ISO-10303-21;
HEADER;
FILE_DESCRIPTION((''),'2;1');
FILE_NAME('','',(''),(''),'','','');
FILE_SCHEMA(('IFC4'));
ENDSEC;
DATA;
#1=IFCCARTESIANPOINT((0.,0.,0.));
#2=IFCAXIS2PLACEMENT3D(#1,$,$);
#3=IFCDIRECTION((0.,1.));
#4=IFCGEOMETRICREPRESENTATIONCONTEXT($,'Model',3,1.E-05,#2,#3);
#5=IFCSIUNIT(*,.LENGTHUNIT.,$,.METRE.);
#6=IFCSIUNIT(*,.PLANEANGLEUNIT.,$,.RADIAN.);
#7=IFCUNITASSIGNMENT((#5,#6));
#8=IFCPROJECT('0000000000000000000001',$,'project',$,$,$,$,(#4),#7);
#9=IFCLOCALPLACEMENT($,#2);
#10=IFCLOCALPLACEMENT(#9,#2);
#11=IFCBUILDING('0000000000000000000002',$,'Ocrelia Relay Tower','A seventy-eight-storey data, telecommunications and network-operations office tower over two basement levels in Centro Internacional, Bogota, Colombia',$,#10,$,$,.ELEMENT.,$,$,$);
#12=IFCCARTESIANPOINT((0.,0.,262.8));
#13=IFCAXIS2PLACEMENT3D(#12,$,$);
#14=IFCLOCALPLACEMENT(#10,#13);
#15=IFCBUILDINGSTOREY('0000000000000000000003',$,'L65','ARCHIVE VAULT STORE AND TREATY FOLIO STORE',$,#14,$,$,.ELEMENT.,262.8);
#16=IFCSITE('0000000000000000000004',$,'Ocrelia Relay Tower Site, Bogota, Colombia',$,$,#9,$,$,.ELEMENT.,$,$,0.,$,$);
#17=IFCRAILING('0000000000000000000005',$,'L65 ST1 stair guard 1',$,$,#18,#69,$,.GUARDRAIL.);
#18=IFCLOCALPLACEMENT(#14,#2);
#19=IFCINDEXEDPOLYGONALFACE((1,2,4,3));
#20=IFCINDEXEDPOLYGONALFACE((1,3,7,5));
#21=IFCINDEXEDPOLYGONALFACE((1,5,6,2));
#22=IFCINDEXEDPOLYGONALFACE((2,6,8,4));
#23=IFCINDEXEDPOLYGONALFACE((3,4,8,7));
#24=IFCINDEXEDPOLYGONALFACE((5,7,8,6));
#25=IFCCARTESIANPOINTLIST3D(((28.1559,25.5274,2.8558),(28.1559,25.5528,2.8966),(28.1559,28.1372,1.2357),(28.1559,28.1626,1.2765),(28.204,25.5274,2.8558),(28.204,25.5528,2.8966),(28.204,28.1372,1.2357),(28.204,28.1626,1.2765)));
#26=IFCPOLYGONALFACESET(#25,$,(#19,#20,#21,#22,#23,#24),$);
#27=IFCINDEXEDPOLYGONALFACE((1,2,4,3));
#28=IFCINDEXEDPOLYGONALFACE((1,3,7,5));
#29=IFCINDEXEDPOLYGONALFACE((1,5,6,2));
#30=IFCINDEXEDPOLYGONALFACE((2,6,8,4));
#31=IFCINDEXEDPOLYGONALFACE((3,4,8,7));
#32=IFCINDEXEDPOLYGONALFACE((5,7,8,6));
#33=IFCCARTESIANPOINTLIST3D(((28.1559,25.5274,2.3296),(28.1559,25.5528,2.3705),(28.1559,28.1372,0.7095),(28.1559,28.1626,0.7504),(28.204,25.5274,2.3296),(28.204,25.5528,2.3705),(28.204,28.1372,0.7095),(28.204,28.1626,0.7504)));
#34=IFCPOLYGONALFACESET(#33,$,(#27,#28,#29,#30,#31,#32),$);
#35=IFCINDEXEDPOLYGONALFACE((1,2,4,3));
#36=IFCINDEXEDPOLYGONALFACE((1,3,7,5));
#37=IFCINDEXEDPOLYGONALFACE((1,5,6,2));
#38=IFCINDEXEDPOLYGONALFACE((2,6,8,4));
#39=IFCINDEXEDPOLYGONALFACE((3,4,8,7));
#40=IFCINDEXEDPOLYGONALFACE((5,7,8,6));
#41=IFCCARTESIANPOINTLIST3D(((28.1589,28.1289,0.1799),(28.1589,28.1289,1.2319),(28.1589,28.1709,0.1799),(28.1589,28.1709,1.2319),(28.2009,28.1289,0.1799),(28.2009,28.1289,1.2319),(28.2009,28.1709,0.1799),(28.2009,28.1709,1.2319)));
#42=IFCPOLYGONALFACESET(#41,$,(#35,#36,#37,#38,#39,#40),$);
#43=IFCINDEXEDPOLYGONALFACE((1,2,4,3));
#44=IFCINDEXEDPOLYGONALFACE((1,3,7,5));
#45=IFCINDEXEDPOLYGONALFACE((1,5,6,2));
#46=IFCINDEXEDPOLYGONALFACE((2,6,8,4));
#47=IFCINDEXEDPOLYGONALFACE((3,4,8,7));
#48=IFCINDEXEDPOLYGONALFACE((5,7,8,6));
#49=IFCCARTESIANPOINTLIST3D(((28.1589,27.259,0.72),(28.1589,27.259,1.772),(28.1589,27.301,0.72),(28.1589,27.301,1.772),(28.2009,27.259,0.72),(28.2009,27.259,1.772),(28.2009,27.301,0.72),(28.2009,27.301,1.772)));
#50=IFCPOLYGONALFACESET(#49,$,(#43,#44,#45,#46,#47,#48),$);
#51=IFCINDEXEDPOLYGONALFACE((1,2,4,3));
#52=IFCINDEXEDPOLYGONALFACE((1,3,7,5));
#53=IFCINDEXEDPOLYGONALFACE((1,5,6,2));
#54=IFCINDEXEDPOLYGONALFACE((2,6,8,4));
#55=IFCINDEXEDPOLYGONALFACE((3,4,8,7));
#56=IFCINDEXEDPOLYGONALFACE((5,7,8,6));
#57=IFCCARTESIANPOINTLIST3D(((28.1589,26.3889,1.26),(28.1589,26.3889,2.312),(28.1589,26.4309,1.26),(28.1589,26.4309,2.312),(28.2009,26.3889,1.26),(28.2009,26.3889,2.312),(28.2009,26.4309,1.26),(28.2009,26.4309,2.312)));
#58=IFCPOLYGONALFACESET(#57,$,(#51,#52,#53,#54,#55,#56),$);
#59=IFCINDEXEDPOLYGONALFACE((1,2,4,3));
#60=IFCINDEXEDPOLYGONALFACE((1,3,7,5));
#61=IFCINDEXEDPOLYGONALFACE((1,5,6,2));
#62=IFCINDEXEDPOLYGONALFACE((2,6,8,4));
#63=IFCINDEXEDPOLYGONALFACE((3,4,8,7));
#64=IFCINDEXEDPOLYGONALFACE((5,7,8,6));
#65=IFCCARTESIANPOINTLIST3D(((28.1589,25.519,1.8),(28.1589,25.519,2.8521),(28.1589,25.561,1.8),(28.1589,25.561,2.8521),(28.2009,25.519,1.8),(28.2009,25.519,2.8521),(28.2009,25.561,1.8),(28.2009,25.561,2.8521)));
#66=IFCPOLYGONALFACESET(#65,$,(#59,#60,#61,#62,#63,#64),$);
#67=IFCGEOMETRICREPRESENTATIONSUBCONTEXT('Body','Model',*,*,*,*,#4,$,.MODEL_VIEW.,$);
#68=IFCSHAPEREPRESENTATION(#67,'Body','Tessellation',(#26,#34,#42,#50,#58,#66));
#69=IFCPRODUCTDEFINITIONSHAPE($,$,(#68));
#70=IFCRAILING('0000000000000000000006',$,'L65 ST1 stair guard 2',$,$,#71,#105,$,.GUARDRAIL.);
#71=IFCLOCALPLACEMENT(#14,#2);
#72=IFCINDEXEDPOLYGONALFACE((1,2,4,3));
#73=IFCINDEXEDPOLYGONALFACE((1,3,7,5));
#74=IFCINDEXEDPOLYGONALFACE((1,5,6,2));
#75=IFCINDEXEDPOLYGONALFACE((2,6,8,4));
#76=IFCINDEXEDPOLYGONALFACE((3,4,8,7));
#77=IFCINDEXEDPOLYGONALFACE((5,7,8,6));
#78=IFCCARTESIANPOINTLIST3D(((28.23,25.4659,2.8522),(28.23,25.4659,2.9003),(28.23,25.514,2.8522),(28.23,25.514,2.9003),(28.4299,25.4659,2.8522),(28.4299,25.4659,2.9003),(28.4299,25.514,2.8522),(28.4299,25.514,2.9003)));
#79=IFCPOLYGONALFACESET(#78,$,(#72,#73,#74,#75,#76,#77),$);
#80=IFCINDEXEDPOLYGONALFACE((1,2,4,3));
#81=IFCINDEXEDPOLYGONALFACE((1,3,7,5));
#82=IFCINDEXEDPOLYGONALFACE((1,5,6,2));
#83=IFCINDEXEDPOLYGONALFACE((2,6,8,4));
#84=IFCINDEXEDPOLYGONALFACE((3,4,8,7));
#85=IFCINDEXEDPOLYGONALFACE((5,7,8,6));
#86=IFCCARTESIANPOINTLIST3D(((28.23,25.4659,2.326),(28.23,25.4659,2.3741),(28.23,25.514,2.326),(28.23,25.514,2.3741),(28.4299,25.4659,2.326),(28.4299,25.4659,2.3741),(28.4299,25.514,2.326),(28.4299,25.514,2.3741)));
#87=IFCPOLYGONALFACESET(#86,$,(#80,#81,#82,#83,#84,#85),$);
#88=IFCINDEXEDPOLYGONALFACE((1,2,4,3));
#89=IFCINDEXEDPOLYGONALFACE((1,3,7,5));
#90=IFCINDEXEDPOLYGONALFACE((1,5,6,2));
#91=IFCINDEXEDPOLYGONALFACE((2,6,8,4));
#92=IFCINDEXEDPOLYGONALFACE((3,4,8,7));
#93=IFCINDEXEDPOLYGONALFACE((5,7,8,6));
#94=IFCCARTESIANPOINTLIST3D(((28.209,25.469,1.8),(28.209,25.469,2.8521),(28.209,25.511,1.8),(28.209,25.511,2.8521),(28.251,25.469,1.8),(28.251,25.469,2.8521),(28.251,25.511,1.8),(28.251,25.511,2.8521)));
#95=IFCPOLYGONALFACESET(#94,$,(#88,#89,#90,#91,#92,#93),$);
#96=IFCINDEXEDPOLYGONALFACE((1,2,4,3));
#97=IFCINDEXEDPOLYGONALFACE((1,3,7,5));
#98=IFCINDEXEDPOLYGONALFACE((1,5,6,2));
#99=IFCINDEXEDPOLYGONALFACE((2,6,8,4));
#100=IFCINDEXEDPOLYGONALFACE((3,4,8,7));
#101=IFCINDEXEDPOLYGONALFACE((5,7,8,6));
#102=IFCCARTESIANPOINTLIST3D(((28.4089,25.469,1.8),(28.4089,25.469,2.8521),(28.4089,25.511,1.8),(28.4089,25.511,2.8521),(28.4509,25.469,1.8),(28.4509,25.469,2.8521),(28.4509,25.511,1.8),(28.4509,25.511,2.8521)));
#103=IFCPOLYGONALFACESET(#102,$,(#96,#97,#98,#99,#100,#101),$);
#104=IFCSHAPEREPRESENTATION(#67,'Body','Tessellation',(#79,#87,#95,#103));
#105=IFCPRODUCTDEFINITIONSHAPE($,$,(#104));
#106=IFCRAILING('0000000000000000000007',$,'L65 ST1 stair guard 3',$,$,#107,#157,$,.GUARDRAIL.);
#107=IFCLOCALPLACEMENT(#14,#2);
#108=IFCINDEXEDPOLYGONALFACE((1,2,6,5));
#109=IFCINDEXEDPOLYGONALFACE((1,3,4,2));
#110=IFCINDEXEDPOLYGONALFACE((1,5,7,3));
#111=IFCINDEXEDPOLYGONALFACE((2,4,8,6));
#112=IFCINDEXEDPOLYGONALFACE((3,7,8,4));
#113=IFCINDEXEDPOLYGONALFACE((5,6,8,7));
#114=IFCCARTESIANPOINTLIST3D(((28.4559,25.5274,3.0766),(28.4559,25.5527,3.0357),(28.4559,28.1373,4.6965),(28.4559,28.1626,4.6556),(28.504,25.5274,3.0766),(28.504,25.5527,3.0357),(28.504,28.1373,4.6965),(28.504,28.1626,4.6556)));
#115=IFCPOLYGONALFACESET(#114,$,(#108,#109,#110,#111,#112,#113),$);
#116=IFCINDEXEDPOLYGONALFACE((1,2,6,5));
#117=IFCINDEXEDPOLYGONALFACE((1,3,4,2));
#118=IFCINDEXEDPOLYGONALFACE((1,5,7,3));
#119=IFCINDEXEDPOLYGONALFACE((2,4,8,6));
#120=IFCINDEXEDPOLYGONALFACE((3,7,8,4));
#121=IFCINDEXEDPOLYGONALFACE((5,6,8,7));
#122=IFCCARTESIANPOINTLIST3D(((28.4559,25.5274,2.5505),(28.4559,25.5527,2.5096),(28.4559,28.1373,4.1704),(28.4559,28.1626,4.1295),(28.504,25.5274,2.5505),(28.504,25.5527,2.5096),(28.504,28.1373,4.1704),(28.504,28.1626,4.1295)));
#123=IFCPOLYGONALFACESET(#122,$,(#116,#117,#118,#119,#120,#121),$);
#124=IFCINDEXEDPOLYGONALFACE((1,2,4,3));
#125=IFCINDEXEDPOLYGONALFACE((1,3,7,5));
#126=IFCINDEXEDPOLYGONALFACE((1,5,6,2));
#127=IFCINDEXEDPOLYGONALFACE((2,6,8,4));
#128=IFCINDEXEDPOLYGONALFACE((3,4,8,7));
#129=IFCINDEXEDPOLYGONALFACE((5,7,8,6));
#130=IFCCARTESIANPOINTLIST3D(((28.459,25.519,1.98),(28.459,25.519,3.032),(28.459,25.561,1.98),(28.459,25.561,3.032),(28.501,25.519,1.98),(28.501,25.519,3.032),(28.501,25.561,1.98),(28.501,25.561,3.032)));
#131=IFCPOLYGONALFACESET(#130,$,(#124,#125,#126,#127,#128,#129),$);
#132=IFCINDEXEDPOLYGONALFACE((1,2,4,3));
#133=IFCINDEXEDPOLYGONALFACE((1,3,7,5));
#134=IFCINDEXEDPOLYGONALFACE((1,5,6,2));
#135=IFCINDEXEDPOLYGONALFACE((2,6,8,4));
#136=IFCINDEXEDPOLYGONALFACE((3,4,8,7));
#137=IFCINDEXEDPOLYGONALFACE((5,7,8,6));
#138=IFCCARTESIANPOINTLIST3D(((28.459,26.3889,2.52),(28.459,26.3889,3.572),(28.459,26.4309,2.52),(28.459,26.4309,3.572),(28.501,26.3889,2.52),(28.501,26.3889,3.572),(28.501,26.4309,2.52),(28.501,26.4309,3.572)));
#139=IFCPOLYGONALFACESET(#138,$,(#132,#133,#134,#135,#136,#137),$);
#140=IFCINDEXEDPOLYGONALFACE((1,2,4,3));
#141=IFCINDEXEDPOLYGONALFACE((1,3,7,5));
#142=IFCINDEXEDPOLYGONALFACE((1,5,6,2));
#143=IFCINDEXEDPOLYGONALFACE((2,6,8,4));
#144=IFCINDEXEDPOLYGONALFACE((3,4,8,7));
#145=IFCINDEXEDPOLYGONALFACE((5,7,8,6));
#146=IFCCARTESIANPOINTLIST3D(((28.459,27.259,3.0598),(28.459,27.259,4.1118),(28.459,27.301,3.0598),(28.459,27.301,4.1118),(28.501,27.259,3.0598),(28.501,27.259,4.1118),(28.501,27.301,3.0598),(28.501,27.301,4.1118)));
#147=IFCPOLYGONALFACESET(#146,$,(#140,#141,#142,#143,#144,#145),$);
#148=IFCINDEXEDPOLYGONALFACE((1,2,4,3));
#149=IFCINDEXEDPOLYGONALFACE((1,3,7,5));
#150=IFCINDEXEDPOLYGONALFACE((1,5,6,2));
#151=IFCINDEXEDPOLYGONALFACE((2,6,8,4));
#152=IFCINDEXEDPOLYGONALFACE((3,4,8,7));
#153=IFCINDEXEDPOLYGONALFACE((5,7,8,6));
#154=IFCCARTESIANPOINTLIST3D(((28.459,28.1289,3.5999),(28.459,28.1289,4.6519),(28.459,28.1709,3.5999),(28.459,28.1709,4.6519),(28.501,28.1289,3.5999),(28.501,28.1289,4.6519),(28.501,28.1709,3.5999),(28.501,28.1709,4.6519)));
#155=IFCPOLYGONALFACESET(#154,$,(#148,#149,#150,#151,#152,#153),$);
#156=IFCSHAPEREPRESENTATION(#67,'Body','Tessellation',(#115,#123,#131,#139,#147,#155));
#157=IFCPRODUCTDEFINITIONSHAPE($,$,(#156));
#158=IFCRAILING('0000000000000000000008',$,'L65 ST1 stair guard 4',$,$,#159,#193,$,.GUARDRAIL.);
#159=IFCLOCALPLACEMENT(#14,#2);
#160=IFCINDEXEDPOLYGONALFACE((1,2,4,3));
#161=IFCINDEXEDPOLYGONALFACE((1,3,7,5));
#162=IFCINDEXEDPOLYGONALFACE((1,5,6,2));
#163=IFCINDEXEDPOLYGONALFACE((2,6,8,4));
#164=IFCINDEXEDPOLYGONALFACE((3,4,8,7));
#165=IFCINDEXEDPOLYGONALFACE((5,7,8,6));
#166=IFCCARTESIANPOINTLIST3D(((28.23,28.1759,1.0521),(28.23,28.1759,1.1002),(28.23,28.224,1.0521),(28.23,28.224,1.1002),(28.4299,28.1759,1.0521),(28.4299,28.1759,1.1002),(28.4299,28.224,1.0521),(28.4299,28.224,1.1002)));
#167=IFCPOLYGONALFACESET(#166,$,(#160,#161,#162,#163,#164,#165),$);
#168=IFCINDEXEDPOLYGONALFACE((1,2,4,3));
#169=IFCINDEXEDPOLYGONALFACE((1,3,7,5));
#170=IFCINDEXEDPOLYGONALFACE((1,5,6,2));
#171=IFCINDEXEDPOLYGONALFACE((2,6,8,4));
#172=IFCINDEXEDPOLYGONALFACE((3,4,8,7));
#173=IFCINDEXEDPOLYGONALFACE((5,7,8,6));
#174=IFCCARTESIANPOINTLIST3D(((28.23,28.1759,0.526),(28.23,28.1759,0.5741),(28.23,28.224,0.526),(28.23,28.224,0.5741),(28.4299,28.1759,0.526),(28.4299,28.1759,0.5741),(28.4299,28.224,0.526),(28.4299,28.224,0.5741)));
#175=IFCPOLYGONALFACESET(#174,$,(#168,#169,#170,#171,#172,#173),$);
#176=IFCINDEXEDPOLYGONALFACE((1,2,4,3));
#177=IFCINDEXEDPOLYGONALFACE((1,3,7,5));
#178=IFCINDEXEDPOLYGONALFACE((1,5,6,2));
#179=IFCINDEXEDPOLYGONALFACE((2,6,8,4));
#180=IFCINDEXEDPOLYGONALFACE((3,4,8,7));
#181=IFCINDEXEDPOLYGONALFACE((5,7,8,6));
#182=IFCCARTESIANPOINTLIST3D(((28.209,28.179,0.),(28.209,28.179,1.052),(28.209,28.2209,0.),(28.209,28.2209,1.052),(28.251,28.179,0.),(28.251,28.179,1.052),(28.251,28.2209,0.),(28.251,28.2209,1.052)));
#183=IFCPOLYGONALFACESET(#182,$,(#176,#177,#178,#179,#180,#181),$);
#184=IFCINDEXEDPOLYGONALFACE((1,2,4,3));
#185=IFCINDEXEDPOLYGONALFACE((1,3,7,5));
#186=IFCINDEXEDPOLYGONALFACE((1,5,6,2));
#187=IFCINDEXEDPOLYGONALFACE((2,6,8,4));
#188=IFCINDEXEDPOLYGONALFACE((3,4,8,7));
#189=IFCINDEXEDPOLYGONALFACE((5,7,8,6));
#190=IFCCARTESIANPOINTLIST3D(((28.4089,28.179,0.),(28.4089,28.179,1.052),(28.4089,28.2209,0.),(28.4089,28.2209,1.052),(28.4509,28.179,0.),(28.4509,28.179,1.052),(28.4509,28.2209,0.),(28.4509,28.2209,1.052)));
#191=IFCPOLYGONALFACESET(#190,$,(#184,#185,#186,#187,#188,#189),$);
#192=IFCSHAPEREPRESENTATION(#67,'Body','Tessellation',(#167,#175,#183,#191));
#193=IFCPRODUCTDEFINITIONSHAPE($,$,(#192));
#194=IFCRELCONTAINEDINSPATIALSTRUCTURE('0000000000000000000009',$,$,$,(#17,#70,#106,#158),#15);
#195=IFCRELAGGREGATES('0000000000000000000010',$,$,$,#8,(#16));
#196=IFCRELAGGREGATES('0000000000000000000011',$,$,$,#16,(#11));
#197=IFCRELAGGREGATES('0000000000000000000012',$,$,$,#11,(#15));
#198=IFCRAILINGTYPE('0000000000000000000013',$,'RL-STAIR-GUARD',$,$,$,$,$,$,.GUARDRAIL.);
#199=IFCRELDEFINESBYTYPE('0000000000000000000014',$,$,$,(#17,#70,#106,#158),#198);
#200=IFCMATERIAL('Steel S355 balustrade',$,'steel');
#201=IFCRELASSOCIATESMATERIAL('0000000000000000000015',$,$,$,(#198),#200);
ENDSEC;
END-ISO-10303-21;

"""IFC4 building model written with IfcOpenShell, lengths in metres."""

from ifc_helpers import new_model, si_unit, direction, frame, origin, origin_2d, place, context, subcontext, project, spatial, rectangle, extrude, material, type_object, element, save


model = new_model("IFC4")

# Units and contexts
model_context = context("Model", 3, precision=1e-05, world=origin(), true_north=direction((0.0, 1.0)))
body_context = subcontext(model_context, "Body", "Model", "MODEL_VIEW")
ifc_project = project(units=[si_unit("LENGTHUNIT", "METRE"), si_unit("PLANEANGLEUNIT", "RADIAN")], contexts=[model_context])

# Site, building, storey
site_placement = place(None, origin())
site = spatial("IfcSite", under=ifc_project, at=site_placement, Name="Ocrelia Relay Tower Site, Bogota, Colombia", CompositionType="ELEMENT", RefElevation=0.0)
building_placement = place(site_placement, origin())
building = spatial("IfcBuilding", under=site, at=building_placement, Name="Ocrelia Relay Tower", Description="A seventy-eight-storey data, telecommunications and network-operations office tower over two basement levels in Centro Internacional, Bogota, Colombia", CompositionType="ELEMENT")
storey_placement = place(building_placement, frame((0.0, 0.0, 262.8)))
storey = spatial("IfcBuildingStorey", under=building, at=storey_placement, Name="L65", Description="ARCHIVE VAULT STORE AND TREATY FOLIO STORE", CompositionType="ELEMENT", Elevation=262.8)

# Railings
ifc_material_1 = material(Name="Steel S355 balustrade", Category="steel")
railing_type_1 = type_object("IfcRailingType", Name="RL-STAIR-GUARD", PredefinedType="GUARDRAIL", material=ifc_material_1)
railing_1_placement = place(storey_placement, frame((28.1799, 28.1499, 0.1799)))
element("IfcRailing", 1, at=railing_1_placement, inside=storey, type_object=railing_type_1, Name="L65 ST1 stair guard 1", PredefinedType="GUARDRAIL", context=body_context, shape_type="SweptSolid", body=[
    extrude(rectangle(XDim=0.0481, YDim=0.0481, at=origin_2d()), frame((0.0, 0.0, 1.0762), z_axis=(0.0, -0.849611, 0.52741), x_axis=(1.0, 0.0, 0.0)), (0.0, 0.0, 1.0), 3.0718),
    extrude(rectangle(XDim=0.0481, YDim=0.0481, at=origin_2d()), frame((0.0, 0.0, 0.55), z_axis=(0.0, -0.849611, 0.52741), x_axis=(1.0, 0.0, 0.0)), (0.0, 0.0, 1.0), 3.0718),
    extrude(rectangle(XDim=0.042, YDim=0.042, at=origin_2d()), origin(), (0.0, 0.0, 1.0), 1.052),
    extrude(rectangle(XDim=0.042, YDim=0.042, at=origin_2d()), frame((0.0, -0.8699, 0.54)), (0.0, 0.0, 1.0), 1.052),
    extrude(rectangle(XDim=0.042, YDim=0.042, at=origin_2d()), frame((0.0, -1.74, 1.0801)), (0.0, 0.0, 1.0), 1.052),
    extrude(rectangle(XDim=0.042, YDim=0.042, at=origin_2d()), frame((0.0, -2.6099, 1.6201)), (0.0, 0.0, 1.0), 1.052),
])
railing_2_placement = place(storey_placement, frame((28.23, 25.49, 1.8)))
element("IfcRailing", 2, at=railing_2_placement, inside=storey, type_object=railing_type_1, Name="L65 ST1 stair guard 2", PredefinedType="GUARDRAIL", context=body_context, shape_type="SweptSolid", body=[
    extrude(rectangle(XDim=0.0481, YDim=0.0481, at=origin_2d()), frame((0.0, 0.0, 1.0762), z_axis=(1.0, 0.0, 0.0), x_axis=(0.0, 1.0, 0.0)), (0.0, 0.0, 1.0), 0.2),
    extrude(rectangle(XDim=0.0481, YDim=0.0481, at=origin_2d()), frame((0.0, 0.0, 0.55), z_axis=(1.0, 0.0, 0.0), x_axis=(0.0, 1.0, 0.0)), (0.0, 0.0, 1.0), 0.2),
    extrude(rectangle(XDim=0.042, YDim=0.042, at=origin_2d()), origin(), (0.0, 0.0, 1.0), 1.052),
    extrude(rectangle(XDim=0.042, YDim=0.042, at=origin_2d()), frame((0.2, 0.0, 0.0)), (0.0, 0.0, 1.0), 1.052),
])
railing_3_placement = place(storey_placement, frame((28.48, 25.54, 1.98)))
element("IfcRailing", 3, at=railing_3_placement, inside=storey, type_object=railing_type_1, Name="L65 ST1 stair guard 3", PredefinedType="GUARDRAIL", context=body_context, shape_type="SweptSolid", body=[
    extrude(rectangle(XDim=0.0481, YDim=0.0481, at=origin_2d()), frame((0.0, 0.0, 1.0762), z_axis=(0.0, 0.849646, 0.527353), x_axis=(-1.0, 0.0, 0.0)), (0.0, 0.0, 1.0), 3.0718),
    extrude(rectangle(XDim=0.0481, YDim=0.0481, at=origin_2d()), frame((0.0, 0.0, 0.55), z_axis=(0.0, 0.849646, 0.527353), x_axis=(-1.0, 0.0, 0.0)), (0.0, 0.0, 1.0), 3.0718),
    extrude(rectangle(XDim=0.042, YDim=0.042, at=origin_2d()), origin(), (0.0, 0.0, 1.0), 1.052),
    extrude(rectangle(XDim=0.042, YDim=0.042, at=origin_2d()), frame((0.0, 0.8699, 0.54)), (0.0, 0.0, 1.0), 1.052),
    extrude(rectangle(XDim=0.042, YDim=0.042, at=origin_2d()), frame((0.0, 1.74, 1.0798)), (0.0, 0.0, 1.0), 1.052),
    extrude(rectangle(XDim=0.042, YDim=0.042, at=origin_2d()), frame((0.0, 2.6099, 1.6199)), (0.0, 0.0, 1.0), 1.052),
])
railing_4_placement = place(storey_placement, frame((28.23, 28.2, 0.0)))
element("IfcRailing", 4, at=railing_4_placement, inside=storey, type_object=railing_type_1, Name="L65 ST1 stair guard 4", PredefinedType="GUARDRAIL", context=body_context, shape_type="SweptSolid", body=[
    extrude(rectangle(XDim=0.0481, YDim=0.0481, at=origin_2d()), frame((0.0, 0.0, 1.0762), z_axis=(1.0, 0.0, 0.0), x_axis=(0.0, 1.0, 0.0)), (0.0, 0.0, 1.0), 0.2),
    extrude(rectangle(XDim=0.0481, YDim=0.0481, at=origin_2d()), frame((0.0, 0.0, 0.55), z_axis=(1.0, 0.0, 0.0), x_axis=(0.0, 1.0, 0.0)), (0.0, 0.0, 1.0), 0.2),
    extrude(rectangle(XDim=0.042, YDim=0.042, at=origin_2d()), origin(), (0.0, 0.0, 1.0), 1.052),
    extrude(rectangle(XDim=0.042, YDim=0.042, at=origin_2d()), frame((0.2, 0.0, 0.0)), (0.0, 0.0, 1.0), 1.052),
])

save(model, "model.ifc")
